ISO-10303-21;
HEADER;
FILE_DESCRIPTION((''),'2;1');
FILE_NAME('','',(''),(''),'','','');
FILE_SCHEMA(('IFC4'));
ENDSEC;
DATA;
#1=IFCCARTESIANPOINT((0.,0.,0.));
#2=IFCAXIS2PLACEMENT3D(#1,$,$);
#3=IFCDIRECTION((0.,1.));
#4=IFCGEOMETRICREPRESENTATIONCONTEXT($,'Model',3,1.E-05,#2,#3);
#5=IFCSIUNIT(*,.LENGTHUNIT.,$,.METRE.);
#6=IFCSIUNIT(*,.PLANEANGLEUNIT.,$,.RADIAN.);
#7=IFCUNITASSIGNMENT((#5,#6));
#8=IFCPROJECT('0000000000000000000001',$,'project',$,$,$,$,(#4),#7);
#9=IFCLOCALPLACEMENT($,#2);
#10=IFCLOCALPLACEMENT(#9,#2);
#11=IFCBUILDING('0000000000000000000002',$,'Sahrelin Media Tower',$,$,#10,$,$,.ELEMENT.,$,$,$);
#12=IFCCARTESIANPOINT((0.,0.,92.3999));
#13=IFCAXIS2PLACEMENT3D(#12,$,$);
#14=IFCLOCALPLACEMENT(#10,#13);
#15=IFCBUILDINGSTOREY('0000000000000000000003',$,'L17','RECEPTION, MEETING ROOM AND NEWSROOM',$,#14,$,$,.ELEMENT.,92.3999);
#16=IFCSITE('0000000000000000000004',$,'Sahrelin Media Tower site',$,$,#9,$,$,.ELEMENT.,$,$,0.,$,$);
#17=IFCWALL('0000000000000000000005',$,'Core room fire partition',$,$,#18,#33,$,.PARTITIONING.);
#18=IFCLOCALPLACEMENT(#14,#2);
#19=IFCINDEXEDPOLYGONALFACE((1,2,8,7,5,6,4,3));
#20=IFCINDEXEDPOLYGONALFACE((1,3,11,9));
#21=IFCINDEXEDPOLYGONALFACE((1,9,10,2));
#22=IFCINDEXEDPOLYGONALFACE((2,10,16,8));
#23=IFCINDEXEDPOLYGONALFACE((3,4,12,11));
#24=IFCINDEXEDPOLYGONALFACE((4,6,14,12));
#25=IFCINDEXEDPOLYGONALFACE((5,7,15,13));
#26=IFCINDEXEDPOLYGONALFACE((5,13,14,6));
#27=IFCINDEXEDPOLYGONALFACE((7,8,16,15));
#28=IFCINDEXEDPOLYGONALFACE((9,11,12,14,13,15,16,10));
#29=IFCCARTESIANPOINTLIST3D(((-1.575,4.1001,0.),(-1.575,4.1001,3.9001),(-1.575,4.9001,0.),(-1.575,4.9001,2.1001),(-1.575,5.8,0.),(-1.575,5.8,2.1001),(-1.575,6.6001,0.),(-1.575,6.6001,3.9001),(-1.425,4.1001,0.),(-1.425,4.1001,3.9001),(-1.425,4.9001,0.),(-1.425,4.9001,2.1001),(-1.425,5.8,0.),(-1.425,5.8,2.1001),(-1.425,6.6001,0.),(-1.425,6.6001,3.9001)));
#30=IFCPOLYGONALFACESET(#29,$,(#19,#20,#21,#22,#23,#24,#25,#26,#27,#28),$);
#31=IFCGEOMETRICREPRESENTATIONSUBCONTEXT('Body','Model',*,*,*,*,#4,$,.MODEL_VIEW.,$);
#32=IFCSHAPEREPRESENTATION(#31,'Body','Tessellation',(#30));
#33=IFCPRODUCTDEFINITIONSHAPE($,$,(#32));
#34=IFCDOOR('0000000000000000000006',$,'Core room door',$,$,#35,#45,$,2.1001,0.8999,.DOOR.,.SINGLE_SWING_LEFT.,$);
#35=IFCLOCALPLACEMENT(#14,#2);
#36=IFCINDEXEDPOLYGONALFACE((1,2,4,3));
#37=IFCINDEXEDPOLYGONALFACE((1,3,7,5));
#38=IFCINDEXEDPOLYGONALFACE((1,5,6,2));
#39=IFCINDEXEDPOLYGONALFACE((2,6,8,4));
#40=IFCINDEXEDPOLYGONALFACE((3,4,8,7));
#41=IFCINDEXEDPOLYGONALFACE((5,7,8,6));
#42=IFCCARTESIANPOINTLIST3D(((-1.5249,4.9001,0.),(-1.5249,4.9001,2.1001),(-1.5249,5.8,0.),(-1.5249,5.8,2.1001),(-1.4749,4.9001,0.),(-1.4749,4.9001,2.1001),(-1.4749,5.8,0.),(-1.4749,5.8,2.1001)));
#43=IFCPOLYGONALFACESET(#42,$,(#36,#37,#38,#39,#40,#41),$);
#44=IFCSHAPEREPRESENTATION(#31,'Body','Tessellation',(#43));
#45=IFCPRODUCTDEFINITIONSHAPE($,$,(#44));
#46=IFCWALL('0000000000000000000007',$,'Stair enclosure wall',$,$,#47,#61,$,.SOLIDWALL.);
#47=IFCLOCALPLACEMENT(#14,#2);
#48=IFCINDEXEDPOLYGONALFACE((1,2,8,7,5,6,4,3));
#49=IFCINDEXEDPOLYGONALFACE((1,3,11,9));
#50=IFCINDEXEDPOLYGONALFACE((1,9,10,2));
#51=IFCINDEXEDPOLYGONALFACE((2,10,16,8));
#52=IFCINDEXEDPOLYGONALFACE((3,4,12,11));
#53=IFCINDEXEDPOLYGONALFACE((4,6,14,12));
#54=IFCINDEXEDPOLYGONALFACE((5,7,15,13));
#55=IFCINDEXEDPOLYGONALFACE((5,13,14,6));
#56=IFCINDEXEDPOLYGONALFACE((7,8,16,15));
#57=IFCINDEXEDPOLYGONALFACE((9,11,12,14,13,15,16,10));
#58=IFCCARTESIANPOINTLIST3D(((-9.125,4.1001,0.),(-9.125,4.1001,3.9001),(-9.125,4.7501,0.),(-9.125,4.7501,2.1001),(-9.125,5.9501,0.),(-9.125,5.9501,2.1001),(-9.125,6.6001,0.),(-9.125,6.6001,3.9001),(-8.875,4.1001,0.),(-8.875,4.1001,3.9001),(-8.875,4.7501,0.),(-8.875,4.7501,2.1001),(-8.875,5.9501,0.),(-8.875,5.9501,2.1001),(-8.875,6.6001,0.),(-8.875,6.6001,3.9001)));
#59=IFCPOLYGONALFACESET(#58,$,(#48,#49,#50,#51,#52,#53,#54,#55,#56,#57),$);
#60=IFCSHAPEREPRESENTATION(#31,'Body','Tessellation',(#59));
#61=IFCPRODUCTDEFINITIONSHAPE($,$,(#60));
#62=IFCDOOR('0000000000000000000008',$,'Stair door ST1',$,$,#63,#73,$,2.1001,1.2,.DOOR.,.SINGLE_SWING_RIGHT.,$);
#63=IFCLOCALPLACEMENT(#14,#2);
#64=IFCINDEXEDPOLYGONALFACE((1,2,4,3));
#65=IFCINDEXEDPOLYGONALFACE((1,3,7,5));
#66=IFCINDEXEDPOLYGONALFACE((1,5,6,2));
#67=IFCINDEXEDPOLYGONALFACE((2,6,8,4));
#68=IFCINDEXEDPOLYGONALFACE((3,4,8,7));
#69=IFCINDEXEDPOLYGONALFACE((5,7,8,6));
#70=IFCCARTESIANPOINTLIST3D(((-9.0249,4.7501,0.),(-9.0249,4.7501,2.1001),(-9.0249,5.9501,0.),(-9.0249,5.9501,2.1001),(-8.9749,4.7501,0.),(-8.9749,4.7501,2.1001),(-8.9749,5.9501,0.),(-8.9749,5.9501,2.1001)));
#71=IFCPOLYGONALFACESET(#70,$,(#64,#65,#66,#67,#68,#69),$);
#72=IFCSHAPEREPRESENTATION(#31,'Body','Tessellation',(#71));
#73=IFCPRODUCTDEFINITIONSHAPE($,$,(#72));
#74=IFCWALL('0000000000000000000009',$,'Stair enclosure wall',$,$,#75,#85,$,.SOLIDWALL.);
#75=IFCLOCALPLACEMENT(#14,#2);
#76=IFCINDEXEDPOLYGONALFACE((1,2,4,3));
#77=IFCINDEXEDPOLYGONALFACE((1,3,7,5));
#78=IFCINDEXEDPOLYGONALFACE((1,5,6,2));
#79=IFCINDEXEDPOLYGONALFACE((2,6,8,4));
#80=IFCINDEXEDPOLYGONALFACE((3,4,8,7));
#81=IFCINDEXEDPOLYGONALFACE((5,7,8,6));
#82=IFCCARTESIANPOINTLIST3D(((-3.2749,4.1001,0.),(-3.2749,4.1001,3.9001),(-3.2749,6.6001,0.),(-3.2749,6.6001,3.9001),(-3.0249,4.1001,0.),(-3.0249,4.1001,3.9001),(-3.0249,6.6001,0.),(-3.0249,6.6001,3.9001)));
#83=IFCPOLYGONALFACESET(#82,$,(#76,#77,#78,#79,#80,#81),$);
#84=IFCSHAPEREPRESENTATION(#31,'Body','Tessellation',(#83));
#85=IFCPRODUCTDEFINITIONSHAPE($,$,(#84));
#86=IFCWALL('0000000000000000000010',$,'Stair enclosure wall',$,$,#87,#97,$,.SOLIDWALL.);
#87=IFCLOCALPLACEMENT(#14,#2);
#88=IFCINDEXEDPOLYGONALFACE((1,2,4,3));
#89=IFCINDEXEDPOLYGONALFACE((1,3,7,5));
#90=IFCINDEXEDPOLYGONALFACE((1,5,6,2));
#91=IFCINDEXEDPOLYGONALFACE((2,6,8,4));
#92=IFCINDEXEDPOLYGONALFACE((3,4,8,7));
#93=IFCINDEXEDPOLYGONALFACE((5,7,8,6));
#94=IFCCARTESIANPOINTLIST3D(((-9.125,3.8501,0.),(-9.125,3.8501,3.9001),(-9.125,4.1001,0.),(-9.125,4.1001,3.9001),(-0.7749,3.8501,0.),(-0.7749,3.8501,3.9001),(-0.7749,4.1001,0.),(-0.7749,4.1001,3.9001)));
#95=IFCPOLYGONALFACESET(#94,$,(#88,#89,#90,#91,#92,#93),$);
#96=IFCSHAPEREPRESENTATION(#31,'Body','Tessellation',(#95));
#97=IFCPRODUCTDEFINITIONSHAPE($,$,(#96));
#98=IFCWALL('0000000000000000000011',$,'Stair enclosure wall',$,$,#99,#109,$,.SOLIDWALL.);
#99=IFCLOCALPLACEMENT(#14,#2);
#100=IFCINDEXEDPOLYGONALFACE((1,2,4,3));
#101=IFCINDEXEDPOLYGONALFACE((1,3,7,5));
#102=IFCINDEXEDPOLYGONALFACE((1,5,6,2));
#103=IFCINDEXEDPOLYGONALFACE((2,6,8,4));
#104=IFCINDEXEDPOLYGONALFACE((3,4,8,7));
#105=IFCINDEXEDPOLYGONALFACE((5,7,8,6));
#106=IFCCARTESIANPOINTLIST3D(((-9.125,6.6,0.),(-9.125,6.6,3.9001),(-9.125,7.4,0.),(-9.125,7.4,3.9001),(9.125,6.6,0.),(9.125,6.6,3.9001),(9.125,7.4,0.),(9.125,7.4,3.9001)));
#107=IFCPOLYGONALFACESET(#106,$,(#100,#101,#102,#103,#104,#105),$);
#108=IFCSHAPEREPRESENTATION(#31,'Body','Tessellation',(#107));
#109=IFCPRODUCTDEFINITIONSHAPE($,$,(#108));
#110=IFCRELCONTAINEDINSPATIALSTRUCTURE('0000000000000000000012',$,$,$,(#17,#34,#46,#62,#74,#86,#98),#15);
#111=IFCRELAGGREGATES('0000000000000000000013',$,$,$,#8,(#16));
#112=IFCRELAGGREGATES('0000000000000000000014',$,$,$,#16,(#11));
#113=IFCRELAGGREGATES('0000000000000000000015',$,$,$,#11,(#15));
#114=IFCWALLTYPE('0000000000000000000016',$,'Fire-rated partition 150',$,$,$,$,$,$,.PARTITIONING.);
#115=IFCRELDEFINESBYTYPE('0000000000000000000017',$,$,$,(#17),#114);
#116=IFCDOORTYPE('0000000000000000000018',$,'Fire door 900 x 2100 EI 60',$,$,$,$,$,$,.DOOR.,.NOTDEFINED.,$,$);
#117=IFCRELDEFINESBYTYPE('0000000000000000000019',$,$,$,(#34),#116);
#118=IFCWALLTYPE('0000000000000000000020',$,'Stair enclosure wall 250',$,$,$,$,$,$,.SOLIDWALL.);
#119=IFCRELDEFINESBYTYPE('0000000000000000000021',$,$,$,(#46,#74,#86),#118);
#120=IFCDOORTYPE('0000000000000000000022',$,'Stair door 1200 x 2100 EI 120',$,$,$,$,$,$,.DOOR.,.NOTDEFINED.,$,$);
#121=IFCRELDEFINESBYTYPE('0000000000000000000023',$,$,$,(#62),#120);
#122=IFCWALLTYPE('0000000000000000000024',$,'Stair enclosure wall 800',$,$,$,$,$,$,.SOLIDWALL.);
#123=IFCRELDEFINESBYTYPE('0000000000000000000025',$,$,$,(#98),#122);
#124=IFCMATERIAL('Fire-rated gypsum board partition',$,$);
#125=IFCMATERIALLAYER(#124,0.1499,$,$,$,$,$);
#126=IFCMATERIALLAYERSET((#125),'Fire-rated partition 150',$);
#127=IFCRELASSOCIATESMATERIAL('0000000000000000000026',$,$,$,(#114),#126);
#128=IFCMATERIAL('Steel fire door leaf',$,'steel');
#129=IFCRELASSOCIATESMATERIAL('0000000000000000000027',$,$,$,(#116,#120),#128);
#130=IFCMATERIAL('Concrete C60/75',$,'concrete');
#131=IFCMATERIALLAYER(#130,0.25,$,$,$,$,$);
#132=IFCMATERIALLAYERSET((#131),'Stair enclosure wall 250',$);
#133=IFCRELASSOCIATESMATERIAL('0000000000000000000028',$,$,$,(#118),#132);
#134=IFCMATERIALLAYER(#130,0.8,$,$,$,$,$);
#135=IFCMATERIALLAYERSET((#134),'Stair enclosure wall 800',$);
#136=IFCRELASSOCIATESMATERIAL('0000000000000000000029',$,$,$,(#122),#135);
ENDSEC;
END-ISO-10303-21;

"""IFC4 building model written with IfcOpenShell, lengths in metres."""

from ifc_helpers import new_model, si_unit, direction, frame, frame_2d, origin, place, context, subcontext, project, spatial, rectangle, extrude, material, layer, layer_set, type_object, element, fill, save


model = new_model("IFC4")

# Units and contexts
model_context = context("Model", 3, precision=1e-05, world=origin(), true_north=direction((0.0, 1.0)))
body_context = subcontext(model_context, "Body", "Model", "MODEL_VIEW")
ifc_project = project(units=[si_unit("LENGTHUNIT", "METRE"), si_unit("PLANEANGLEUNIT", "RADIAN")], contexts=[model_context])

# Site, building, storey
site_placement = place(None, origin())
site = spatial("IfcSite", under=ifc_project, at=site_placement, Name="Sahrelin Media Tower site", CompositionType="ELEMENT", RefElevation=0.0)
building_placement = place(site_placement, origin())
building = spatial("IfcBuilding", under=site, at=building_placement, Name="Sahrelin Media Tower", CompositionType="ELEMENT")
storey_placement = place(building_placement, frame((0.0, 0.0, 92.3999)))
storey = spatial("IfcBuildingStorey", under=building, at=storey_placement, Name="L17", Description="RECEPTION, MEETING ROOM AND NEWSROOM", CompositionType="ELEMENT", Elevation=92.3999)

# Shared definitions
ifc_material_1 = material(Name="Concrete C60/75", Category="concrete")
ifc_material_2 = material(Name="Steel fire door leaf", Category="steel")

# Shared definitions
ifc_material_3 = material(Name="Fire-rated gypsum board partition")

# Walls, openings, doors
ifc_layer_1 = layer(ifc_material_3, 0.1499)
ifc_layer_set_1 = layer_set([ifc_layer_1], Name="Fire-rated partition 150")
wall_type_1 = type_object("IfcWallType", Name="Fire-rated partition 150", PredefinedType="PARTITIONING", material=ifc_layer_set_1)
wall_1_placement = place(storey_placement, frame((-1.5, 4.1001, 0.0), z_axis=(0.0, 0.0, 1.0), x_axis=(0.0, 1.0, 0.0)))
wall_1 = element("IfcWall", 1, at=wall_1_placement, inside=storey, type_object=wall_type_1, Name="Core room fire partition", PredefinedType="PARTITIONING", context=body_context, shape_type="SweptSolid", body=[
    extrude(rectangle(XDim=2.5, YDim=0.1499, at=frame_2d((1.25, 0.0))), origin(), (0.0, 0.0, 1.0), 3.9001),
])
opening_1_placement = place(wall_1_placement, frame((0.8, 0.0, 0.0)))
opening_1 = element("IfcOpeningElement", 2, at=opening_1_placement, cuts=wall_1, PredefinedType="OPENING", context=body_context, shape_type="SweptSolid", body=[
    extrude(rectangle(XDim=0.8999, YDim=2.1001, at=frame_2d((0.45, 1.05))), frame((0.0, 0.075, 0.0), z_axis=(0.0, -1.0, 0.0), x_axis=(1.0, 0.0, 0.0)), (0.0, 0.0, 1.0), 0.1499),
])
door_type_1 = type_object("IfcDoorType", Name="Fire door 900 x 2100 EI 60", OperationType="NOTDEFINED", PredefinedType="DOOR", material=ifc_material_2)
door_1_placement = place(opening_1_placement, origin())
door_1 = element("IfcDoor", 3, at=door_1_placement, inside=storey, type_object=door_type_1, Name="Core room door", OperationType="SINGLE_SWING_LEFT", OverallHeight=2.1001, OverallWidth=0.8999, PredefinedType="DOOR", context=body_context, shape_type="SweptSolid", body=[
    extrude(rectangle(XDim=0.8999, YDim=2.1001, at=frame_2d((0.45, 1.05))), frame((0.0, 0.0249, 0.0), z_axis=(0.0, -1.0, 0.0), x_axis=(1.0, 0.0, 0.0)), (0.0, 0.0, 1.0), 0.05),
])
fill(opening_1, door_1)
ifc_layer_2 = layer(ifc_material_1, 0.25)
ifc_layer_set_2 = layer_set([ifc_layer_2], Name="Stair enclosure wall 250")
wall_type_2 = type_object("IfcWallType", Name="Stair enclosure wall 250", PredefinedType="SOLIDWALL", material=ifc_layer_set_2)
wall_2_placement = place(storey_placement, frame((-9.0, 4.1001, 0.0), z_axis=(0.0, 0.0, 1.0), x_axis=(0.0, 1.0, 0.0)))
wall_2 = element("IfcWall", 4, at=wall_2_placement, inside=storey, type_object=wall_type_2, Name="Stair enclosure wall", PredefinedType="SOLIDWALL", context=body_context, shape_type="SweptSolid", body=[
    extrude(rectangle(XDim=2.5, YDim=0.25, at=frame_2d((1.25, 0.0))), origin(), (0.0, 0.0, 1.0), 3.9001),
])
opening_2_placement = place(wall_2_placement, frame((0.6499, 0.0, 0.0)))
opening_2 = element("IfcOpeningElement", 5, at=opening_2_placement, cuts=wall_2, PredefinedType="OPENING", context=body_context, shape_type="SweptSolid", body=[
    extrude(rectangle(XDim=1.2, YDim=2.1001, at=frame_2d((0.6001, 1.05))), frame((0.0, 0.125, 0.0), z_axis=(0.0, -1.0, 0.0), x_axis=(1.0, 0.0, 0.0)), (0.0, 0.0, 1.0), 0.25),
])
door_type_2 = type_object("IfcDoorType", Name="Stair door 1200 x 2100 EI 120", OperationType="NOTDEFINED", PredefinedType="DOOR", material=ifc_material_2)
door_2_placement = place(opening_2_placement, origin())
door_2 = element("IfcDoor", 6, at=door_2_placement, inside=storey, type_object=door_type_2, Name="Stair door ST1", OperationType="SINGLE_SWING_RIGHT", OverallHeight=2.1001, OverallWidth=1.2, PredefinedType="DOOR", context=body_context, shape_type="SweptSolid", body=[
    extrude(rectangle(XDim=1.2, YDim=2.1001, at=frame_2d((0.6001, 1.05))), frame((0.0, 0.0249, 0.0), z_axis=(0.0, -1.0, 0.0), x_axis=(1.0, 0.0, 0.0)), (0.0, 0.0, 1.0), 0.05),
])
fill(opening_2, door_2)

# Walls
wall_3_placement = place(storey_placement, frame((-3.1499, 4.1001, 0.0), z_axis=(0.0, 0.0, 1.0), x_axis=(0.0, 1.0, 0.0)))
element("IfcWall", 7, at=wall_3_placement, inside=storey, type_object=wall_type_2, Name="Stair enclosure wall", PredefinedType="SOLIDWALL", context=body_context, shape_type="SweptSolid", body=[
    extrude(rectangle(XDim=2.5, YDim=0.25, at=frame_2d((1.25, 0.0))), origin(), (0.0, 0.0, 1.0), 3.9001),
])
wall_4_placement = place(storey_placement, frame((-9.125, 3.9751, 0.0), z_axis=(0.0, 0.0, 1.0), x_axis=(1.0, 0.0, 0.0)))
element("IfcWall", 8, at=wall_4_placement, inside=storey, type_object=wall_type_2, Name="Stair enclosure wall", PredefinedType="SOLIDWALL", context=body_context, shape_type="SweptSolid", body=[
    extrude(rectangle(XDim=8.3501, YDim=0.25, at=frame_2d((4.175, 0.0))), origin(), (0.0, 0.0, 1.0), 3.9001),
])
ifc_layer_3 = layer(ifc_material_1, 0.8)
ifc_layer_set_3 = layer_set([ifc_layer_3], Name="Stair enclosure wall 800")
wall_type_3 = type_object("IfcWallType", Name="Stair enclosure wall 800", PredefinedType="SOLIDWALL", material=ifc_layer_set_3)
wall_5_placement = place(storey_placement, frame((-9.125, 7.0, 0.0), z_axis=(0.0, 0.0, 1.0), x_axis=(1.0, 0.0, 0.0)))
element("IfcWall", 9, at=wall_5_placement, inside=storey, type_object=wall_type_3, Name="Stair enclosure wall", PredefinedType="SOLIDWALL", context=body_context, shape_type="SweptSolid", body=[
    extrude(rectangle(XDim=18.25, YDim=0.8, at=frame_2d((9.125, 0.0))), origin(), (0.0, 0.0, 1.0), 3.9001),
])

save(model, "model.ifc")
